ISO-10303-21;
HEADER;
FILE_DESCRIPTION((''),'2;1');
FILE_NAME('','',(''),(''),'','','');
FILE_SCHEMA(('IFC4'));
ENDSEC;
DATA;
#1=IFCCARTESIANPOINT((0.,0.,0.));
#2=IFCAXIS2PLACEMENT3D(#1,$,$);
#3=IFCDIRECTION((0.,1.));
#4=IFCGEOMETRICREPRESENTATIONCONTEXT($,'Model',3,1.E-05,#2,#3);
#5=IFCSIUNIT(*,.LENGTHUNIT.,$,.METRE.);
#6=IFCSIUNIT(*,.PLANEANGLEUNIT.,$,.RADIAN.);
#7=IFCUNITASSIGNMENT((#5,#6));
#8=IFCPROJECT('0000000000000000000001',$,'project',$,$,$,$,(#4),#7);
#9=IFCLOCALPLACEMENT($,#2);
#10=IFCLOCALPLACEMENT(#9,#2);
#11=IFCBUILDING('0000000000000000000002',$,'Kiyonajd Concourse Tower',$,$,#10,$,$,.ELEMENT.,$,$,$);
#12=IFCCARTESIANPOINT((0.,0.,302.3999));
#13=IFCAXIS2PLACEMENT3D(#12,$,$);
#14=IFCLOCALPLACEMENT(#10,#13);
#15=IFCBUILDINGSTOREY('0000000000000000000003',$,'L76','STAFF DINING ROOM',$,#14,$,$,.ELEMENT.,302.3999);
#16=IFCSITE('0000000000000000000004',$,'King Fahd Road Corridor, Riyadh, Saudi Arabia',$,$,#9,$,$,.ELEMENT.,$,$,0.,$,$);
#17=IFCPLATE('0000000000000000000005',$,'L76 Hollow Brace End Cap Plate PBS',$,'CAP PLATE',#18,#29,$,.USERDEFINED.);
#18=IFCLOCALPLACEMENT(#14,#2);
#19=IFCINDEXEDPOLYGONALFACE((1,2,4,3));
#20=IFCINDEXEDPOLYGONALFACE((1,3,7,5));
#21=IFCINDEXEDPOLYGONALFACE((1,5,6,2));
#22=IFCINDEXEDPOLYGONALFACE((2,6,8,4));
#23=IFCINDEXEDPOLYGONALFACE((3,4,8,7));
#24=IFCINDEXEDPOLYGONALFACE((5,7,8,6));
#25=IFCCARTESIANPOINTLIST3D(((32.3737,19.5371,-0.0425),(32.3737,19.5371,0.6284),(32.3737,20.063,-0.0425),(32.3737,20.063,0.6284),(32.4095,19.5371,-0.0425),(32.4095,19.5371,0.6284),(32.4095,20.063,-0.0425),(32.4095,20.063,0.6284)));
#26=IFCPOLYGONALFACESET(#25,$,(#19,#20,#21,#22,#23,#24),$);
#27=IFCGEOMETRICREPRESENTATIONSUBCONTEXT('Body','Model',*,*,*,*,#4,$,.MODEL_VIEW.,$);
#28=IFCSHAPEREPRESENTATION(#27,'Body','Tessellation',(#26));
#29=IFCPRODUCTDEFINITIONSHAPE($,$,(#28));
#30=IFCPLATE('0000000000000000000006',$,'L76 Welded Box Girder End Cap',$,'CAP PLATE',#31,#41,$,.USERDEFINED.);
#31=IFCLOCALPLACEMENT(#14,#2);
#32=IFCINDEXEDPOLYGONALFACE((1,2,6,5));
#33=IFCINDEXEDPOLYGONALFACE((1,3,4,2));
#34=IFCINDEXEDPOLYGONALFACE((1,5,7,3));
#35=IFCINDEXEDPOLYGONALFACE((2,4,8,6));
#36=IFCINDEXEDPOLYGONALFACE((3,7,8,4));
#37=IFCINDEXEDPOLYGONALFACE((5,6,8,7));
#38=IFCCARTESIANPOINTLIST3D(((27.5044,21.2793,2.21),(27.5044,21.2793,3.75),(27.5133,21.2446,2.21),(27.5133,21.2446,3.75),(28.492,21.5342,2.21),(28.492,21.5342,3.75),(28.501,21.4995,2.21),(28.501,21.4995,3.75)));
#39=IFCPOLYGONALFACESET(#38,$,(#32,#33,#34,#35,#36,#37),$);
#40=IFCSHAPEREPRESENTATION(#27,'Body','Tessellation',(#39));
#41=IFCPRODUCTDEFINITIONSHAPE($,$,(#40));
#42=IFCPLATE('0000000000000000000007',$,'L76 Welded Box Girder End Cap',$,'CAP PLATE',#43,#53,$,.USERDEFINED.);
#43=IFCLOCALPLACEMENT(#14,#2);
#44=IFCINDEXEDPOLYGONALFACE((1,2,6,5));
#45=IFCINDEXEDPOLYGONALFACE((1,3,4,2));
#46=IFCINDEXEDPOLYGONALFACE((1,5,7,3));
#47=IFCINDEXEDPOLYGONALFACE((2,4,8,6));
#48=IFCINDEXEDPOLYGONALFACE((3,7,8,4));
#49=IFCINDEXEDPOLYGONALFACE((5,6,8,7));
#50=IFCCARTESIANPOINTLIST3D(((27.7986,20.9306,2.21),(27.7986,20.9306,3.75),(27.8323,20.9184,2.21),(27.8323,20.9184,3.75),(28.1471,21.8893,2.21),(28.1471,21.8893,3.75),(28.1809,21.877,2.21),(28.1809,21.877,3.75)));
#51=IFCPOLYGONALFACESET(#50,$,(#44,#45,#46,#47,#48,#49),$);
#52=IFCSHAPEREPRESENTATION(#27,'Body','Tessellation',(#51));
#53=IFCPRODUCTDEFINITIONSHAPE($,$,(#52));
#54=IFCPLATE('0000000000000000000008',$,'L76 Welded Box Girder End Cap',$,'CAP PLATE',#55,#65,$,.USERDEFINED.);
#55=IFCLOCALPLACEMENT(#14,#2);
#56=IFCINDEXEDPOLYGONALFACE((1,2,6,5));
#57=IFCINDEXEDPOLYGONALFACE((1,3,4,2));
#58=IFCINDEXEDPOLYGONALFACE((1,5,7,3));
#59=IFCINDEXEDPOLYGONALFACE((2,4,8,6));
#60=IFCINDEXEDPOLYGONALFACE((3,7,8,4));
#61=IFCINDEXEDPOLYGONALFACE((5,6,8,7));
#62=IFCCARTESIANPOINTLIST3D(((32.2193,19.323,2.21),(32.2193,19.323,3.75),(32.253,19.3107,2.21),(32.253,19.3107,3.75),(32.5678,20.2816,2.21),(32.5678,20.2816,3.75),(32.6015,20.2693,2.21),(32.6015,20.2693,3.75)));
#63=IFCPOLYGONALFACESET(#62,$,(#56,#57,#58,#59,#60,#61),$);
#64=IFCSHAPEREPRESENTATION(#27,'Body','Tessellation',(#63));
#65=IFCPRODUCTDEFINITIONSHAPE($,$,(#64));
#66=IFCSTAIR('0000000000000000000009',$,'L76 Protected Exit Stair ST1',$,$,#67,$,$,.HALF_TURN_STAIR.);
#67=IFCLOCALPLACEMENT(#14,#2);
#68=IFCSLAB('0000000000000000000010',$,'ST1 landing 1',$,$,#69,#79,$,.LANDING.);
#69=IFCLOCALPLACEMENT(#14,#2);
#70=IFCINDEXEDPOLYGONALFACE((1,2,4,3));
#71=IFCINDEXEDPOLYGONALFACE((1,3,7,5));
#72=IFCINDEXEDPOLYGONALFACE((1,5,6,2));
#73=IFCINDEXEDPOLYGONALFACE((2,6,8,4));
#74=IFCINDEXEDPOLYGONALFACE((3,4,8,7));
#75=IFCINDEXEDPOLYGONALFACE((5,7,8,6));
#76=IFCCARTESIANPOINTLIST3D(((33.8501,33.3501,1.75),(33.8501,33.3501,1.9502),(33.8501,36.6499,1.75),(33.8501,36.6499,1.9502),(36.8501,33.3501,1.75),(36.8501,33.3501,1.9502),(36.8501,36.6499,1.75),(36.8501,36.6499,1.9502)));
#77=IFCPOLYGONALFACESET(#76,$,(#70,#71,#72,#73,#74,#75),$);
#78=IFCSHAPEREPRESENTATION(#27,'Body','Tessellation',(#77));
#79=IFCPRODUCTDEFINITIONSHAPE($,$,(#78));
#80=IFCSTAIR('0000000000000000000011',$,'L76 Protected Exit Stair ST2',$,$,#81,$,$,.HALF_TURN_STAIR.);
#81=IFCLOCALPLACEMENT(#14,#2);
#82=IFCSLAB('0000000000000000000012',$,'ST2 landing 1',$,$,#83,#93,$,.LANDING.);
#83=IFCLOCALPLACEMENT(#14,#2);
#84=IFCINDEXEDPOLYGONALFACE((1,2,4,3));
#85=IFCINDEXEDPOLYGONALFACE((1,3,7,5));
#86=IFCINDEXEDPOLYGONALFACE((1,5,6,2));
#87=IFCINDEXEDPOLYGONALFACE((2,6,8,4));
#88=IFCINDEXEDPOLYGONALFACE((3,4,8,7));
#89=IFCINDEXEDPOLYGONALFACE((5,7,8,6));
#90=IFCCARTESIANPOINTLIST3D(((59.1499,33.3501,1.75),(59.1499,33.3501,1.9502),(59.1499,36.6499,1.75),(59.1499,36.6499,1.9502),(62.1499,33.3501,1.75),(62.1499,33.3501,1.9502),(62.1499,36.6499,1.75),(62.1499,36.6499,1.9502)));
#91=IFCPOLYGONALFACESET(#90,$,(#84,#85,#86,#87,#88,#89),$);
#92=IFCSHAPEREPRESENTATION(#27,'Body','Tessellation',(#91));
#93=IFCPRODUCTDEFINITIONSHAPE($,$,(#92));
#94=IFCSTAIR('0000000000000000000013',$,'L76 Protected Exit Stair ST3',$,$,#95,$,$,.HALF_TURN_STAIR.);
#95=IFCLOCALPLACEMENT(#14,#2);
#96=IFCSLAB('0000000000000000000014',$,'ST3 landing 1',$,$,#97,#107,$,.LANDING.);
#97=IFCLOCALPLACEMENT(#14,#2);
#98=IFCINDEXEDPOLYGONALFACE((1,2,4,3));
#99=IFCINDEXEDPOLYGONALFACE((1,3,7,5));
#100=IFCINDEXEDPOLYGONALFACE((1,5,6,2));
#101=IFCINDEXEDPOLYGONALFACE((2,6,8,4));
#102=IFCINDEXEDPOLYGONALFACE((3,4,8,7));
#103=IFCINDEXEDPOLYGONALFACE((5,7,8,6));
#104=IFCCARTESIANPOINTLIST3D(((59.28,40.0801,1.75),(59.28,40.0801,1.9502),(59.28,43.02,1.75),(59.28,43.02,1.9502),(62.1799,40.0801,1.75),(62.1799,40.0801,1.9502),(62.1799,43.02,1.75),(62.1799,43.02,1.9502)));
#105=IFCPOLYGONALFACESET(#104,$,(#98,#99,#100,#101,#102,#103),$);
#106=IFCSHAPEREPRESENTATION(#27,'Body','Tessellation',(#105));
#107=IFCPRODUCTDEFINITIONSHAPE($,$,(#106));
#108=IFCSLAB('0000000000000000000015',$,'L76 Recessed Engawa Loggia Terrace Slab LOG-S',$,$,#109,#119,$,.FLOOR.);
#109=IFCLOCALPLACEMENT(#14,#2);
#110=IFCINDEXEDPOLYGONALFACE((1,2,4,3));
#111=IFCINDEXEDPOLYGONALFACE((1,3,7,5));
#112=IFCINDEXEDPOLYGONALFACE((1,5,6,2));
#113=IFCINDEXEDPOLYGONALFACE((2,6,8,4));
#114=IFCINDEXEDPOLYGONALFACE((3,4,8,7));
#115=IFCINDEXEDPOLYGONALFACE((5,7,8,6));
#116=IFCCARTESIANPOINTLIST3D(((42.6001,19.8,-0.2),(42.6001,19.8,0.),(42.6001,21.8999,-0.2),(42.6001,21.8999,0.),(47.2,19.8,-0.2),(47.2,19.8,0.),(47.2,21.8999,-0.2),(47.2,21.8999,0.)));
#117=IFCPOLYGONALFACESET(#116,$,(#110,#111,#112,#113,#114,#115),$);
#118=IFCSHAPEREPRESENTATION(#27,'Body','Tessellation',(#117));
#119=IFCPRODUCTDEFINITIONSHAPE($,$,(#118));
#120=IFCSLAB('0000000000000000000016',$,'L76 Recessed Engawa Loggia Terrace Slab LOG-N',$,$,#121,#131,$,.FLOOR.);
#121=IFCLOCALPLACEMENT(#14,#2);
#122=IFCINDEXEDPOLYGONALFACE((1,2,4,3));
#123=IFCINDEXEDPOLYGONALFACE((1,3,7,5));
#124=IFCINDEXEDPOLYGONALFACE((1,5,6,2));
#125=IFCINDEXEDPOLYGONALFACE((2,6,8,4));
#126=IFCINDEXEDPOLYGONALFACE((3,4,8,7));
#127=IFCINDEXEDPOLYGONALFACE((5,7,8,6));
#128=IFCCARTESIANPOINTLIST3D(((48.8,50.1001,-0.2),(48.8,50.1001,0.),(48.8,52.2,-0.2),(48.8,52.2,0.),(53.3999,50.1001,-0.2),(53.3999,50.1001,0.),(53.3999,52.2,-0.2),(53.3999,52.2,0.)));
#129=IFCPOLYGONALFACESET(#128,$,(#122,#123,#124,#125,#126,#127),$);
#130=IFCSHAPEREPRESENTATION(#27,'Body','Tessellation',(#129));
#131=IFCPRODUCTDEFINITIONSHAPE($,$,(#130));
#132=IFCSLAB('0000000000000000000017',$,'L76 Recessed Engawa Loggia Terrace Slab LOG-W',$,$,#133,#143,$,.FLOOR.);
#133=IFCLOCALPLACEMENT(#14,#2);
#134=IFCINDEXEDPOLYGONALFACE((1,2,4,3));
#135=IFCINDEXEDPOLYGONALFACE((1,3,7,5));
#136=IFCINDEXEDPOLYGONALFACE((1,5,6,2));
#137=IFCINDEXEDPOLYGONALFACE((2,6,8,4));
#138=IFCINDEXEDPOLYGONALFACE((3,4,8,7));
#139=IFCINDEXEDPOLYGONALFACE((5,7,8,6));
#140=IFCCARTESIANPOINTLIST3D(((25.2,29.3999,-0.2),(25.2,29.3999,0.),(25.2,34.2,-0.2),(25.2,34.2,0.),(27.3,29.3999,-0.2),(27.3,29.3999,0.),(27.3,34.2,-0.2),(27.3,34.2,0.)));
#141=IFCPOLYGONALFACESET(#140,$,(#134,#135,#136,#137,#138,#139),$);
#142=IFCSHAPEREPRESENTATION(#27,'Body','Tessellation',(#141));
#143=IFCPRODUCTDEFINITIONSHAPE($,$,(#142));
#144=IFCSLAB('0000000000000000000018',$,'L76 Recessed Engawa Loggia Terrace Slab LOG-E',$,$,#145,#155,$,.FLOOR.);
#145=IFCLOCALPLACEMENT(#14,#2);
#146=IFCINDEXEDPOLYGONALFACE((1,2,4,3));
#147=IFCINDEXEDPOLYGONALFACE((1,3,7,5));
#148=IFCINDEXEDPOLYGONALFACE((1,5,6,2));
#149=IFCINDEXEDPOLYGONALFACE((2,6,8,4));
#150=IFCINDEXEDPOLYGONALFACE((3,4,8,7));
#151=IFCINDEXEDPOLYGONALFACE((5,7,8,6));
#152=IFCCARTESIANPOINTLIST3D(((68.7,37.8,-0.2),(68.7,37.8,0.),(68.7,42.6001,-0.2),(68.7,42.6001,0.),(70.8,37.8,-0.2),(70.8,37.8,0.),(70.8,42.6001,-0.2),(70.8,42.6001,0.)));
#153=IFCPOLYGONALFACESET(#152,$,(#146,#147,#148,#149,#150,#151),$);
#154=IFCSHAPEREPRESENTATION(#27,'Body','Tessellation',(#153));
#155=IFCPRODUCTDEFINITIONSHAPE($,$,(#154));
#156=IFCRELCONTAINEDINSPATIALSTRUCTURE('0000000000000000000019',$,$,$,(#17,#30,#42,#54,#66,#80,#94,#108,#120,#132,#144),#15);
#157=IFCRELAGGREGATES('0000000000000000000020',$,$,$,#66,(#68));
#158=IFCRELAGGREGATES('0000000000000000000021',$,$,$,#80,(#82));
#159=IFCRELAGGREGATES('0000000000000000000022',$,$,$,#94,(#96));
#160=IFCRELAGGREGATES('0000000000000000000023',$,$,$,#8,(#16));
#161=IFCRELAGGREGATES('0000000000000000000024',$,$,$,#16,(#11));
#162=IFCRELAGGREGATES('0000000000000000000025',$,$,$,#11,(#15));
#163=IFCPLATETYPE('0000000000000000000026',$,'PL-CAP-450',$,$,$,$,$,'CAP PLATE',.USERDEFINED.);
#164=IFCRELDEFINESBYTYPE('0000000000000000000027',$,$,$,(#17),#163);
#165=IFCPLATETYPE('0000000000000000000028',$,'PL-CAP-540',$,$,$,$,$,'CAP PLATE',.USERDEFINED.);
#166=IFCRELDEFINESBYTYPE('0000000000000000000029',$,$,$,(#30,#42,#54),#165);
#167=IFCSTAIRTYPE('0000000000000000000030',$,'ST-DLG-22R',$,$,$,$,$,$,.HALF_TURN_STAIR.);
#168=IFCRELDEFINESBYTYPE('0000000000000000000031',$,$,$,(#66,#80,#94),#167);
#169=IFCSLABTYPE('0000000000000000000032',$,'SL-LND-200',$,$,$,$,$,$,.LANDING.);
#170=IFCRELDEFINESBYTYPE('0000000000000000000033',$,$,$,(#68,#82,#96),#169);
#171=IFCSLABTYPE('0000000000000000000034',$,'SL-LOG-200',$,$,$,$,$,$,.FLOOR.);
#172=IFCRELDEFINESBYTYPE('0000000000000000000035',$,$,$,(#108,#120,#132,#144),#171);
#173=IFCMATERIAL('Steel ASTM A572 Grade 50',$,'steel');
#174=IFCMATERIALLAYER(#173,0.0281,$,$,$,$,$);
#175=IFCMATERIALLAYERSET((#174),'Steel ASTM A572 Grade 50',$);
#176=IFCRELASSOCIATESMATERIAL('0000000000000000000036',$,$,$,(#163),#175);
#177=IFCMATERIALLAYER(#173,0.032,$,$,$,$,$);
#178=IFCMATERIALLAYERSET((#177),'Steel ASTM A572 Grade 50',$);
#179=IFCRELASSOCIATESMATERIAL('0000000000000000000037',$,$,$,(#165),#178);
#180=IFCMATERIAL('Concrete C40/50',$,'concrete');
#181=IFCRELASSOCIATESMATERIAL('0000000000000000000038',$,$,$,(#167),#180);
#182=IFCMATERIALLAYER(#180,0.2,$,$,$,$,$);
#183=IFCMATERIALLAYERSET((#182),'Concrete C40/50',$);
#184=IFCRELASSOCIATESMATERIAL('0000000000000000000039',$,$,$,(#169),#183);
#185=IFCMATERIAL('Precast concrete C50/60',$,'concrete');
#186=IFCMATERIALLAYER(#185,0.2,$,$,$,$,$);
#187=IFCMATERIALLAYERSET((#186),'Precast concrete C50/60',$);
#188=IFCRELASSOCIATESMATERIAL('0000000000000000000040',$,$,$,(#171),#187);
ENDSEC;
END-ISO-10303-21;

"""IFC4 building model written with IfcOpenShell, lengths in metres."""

from ifc_helpers import new_model, si_unit, direction, frame, origin, origin_2d, place, context, subcontext, project, spatial, polyline, rectangle, outline, extrude, material, layer, layer_set, type_object, element, aggregate, save


model = new_model("IFC4")

# Units and contexts
model_context = context("Model", 3, precision=1e-05, world=origin(), true_north=direction((0.0, 1.0)))
body_context = subcontext(model_context, "Body", "Model", "MODEL_VIEW")
ifc_project = project(units=[si_unit("LENGTHUNIT", "METRE"), si_unit("PLANEANGLEUNIT", "RADIAN")], contexts=[model_context])

# Site, building, storey
site_placement = place(None, origin())
site = spatial("IfcSite", under=ifc_project, at=site_placement, Name="King Fahd Road Corridor, Riyadh, Saudi Arabia", CompositionType="ELEMENT", RefElevation=0.0)
building_placement = place(site_placement, origin())
building = spatial("IfcBuilding", under=site, at=building_placement, Name="Kiyonajd Concourse Tower", CompositionType="ELEMENT")
storey_placement = place(building_placement, frame((0.0, 0.0, 302.3999)))
storey = spatial("IfcBuildingStorey", under=building, at=storey_placement, Name="L76", Description="STAFF DINING ROOM", CompositionType="ELEMENT", Elevation=302.3999)

# Shared definitions
ifc_material_1 = material(Name="Steel ASTM A572 Grade 50", Category="steel")

# Plates
ifc_layer_1 = layer(ifc_material_1, 0.0281)
ifc_layer_set_1 = layer_set([ifc_layer_1], Name="Steel ASTM A572 Grade 50")
plate_type_1 = type_object("IfcPlateType", Name="PL-CAP-450", ElementType="CAP PLATE", PredefinedType="USERDEFINED", material=ifc_layer_set_1)
plate_placement = place(storey_placement, frame((32.3916, 19.8, -0.0425), z_axis=(0.0, 0.0, 1.0), x_axis=(-1.0, 0.0, 0.0)))
element("IfcPlate", 1, at=plate_placement, inside=storey, type_object=plate_type_1, Name="L76 Hollow Brace End Cap Plate PBS", ObjectType="CAP PLATE", PredefinedType="USERDEFINED", context=body_context, shape_type="SweptSolid", body=[
    extrude(rectangle(XDim=0.0359, YDim=0.5259, at=origin_2d()), origin(), (0.0, 0.0, 1.0), 0.6709),
])
ifc_layer_2 = layer(ifc_material_1, 0.032)
ifc_layer_set_2 = layer_set([ifc_layer_2], Name="Steel ASTM A572 Grade 50")
plate_type_2 = type_object("IfcPlateType", Name="PL-CAP-540", ElementType="CAP PLATE", PredefinedType="USERDEFINED", material=ifc_layer_set_2)
for number, where, z_axis, x_axis, name in (
    (2, (28.0027, 21.3894, 2.21), (0.0, 0.0, 1.0), (0.249873, -0.968279, 0.0), "L76 Welded Box Girder End Cap"),
    (3, (27.9897, 21.4038, 2.21), (0.0, 0.0, 1.0), (-0.939812, 0.341692, 0.0), "L76 Welded Box Girder End Cap"),
    (4, (32.4104, 19.7961, 2.21), (0.0, 0.0, 1.0), (0.939812, -0.341692, 0.0), "L76 Welded Box Girder End Cap"),
):
    element("IfcPlate", number, at=place(storey_placement, frame(where, z_axis=z_axis, x_axis=x_axis)), inside=storey, type_object=plate_type_2, Name=name, ObjectType="CAP PLATE", PredefinedType="USERDEFINED", context=body_context, shape_type="SweptSolid", body=[
        extrude(rectangle(XDim=0.0359, YDim=1.02, at=origin_2d()), origin(), (0.0, 0.0, 1.0), 1.54),
    ])

# Stairs, slabs
ifc_material_2 = material(Name="Concrete C40/50", Category="concrete")
stair_type = type_object("IfcStairType", Name="ST-DLG-22R", PredefinedType="HALF_TURN_STAIR", material=ifc_material_2)
stair_1_placement = place(storey_placement, origin())
stair_1 = element("IfcStair", 5, at=stair_1_placement, inside=storey, type_object=stair_type, Name="L76 Protected Exit Stair ST1", PredefinedType="HALF_TURN_STAIR")
ifc_layer_3 = layer(ifc_material_2, 0.2)
ifc_layer_set_3 = layer_set([ifc_layer_3], Name="Concrete C40/50")
slab_type_1 = type_object("IfcSlabType", Name="SL-LND-200", PredefinedType="LANDING", material=ifc_layer_set_3)
slab_1_placement = place(storey_placement, frame((0.0, 0.0, 1.75)))
slab_1 = element("IfcSlab", 6, at=slab_1_placement, type_object=slab_type_1, Name="ST1 landing 1", PredefinedType="LANDING", context=body_context, shape_type="SweptSolid", body=[
    extrude(outline(polyline([(36.8501, 33.3501), (36.8501, 36.6499), (33.8501, 36.6499), (33.8501, 33.3501), (36.8501, 33.3501)])), origin(), (0.0, 0.0, 1.0), 0.2002),
])
aggregate(stair_1, [slab_1])
stair_2_placement = place(storey_placement, origin())
stair_2 = element("IfcStair", 7, at=stair_2_placement, inside=storey, type_object=stair_type, Name="L76 Protected Exit Stair ST2", PredefinedType="HALF_TURN_STAIR")
slab_2_placement = place(storey_placement, frame((0.0, 0.0, 1.75)))
slab_2 = element("IfcSlab", 8, at=slab_2_placement, type_object=slab_type_1, Name="ST2 landing 1", PredefinedType="LANDING", context=body_context, shape_type="SweptSolid", body=[
    extrude(outline(polyline([(62.1499, 33.3501), (62.1499, 36.6499), (59.1499, 36.6499), (59.1499, 33.3501), (62.1499, 33.3501)])), origin(), (0.0, 0.0, 1.0), 0.2002),
])
aggregate(stair_2, [slab_2])
stair_3_placement = place(storey_placement, origin())
stair_3 = element("IfcStair", 9, at=stair_3_placement, inside=storey, type_object=stair_type, Name="L76 Protected Exit Stair ST3", PredefinedType="HALF_TURN_STAIR")
slab_3_placement = place(storey_placement, frame((0.0, 0.0, 1.75)))
slab_3 = element("IfcSlab", 10, at=slab_3_placement, type_object=slab_type_1, Name="ST3 landing 1", PredefinedType="LANDING", context=body_context, shape_type="SweptSolid", body=[
    extrude(outline(polyline([(59.28, 40.0801), (62.1799, 40.0801), (62.1799, 43.02), (59.28, 43.02), (59.28, 40.0801)])), origin(), (0.0, 0.0, 1.0), 0.2002),
])
aggregate(stair_3, [slab_3])

# Slabs
ifc_material_3 = material(Name="Precast concrete C50/60", Category="concrete")
ifc_layer_4 = layer(ifc_material_3, 0.2)
ifc_layer_set_4 = layer_set([ifc_layer_4], Name="Precast concrete C50/60")
slab_type_2 = type_object("IfcSlabType", Name="SL-LOG-200", PredefinedType="FLOOR", material=ifc_layer_set_4)
slab_4_placement = place(storey_placement, frame((0.0, 0.0, -0.2)))
element("IfcSlab", 11, at=slab_4_placement, inside=storey, type_object=slab_type_2, Name="L76 Recessed Engawa Loggia Terrace Slab LOG-S", PredefinedType="FLOOR", context=body_context, shape_type="SweptSolid", body=[
    extrude(outline(polyline([(42.6001, 19.8), (47.2, 19.8), (47.2, 21.8999), (42.6001, 21.8999), (42.6001, 19.8)])), origin(), (0.0, 0.0, 1.0), 0.2),
])
slab_5_placement = place(storey_placement, frame((0.0, 0.0, -0.2)))
element("IfcSlab", 12, at=slab_5_placement, inside=storey, type_object=slab_type_2, Name="L76 Recessed Engawa Loggia Terrace Slab LOG-N", PredefinedType="FLOOR", context=body_context, shape_type="SweptSolid", body=[
    extrude(outline(polyline([(48.8, 50.1001), (53.3999, 50.1001), (53.3999, 52.2), (48.8, 52.2), (48.8, 50.1001)])), origin(), (0.0, 0.0, 1.0), 0.2),
])
slab_6_placement = place(storey_placement, frame((0.0, 0.0, -0.2)))
element("IfcSlab", 13, at=slab_6_placement, inside=storey, type_object=slab_type_2, Name="L76 Recessed Engawa Loggia Terrace Slab LOG-W", PredefinedType="FLOOR", context=body_context, shape_type="SweptSolid", body=[
    extrude(outline(polyline([(25.2, 29.3999), (27.3, 29.3999), (27.3, 34.2), (25.2, 34.2), (25.2, 29.3999)])), origin(), (0.0, 0.0, 1.0), 0.2),
])
slab_7_placement = place(storey_placement, frame((0.0, 0.0, -0.2)))
element("IfcSlab", 14, at=slab_7_placement, inside=storey, type_object=slab_type_2, Name="L76 Recessed Engawa Loggia Terrace Slab LOG-E", PredefinedType="FLOOR", context=body_context, shape_type="SweptSolid", body=[
    extrude(outline(polyline([(68.7, 37.8), (70.8, 37.8), (70.8, 42.6001), (68.7, 42.6001), (68.7, 37.8)])), origin(), (0.0, 0.0, 1.0), 0.2),
])

save(model, "model.ifc")
